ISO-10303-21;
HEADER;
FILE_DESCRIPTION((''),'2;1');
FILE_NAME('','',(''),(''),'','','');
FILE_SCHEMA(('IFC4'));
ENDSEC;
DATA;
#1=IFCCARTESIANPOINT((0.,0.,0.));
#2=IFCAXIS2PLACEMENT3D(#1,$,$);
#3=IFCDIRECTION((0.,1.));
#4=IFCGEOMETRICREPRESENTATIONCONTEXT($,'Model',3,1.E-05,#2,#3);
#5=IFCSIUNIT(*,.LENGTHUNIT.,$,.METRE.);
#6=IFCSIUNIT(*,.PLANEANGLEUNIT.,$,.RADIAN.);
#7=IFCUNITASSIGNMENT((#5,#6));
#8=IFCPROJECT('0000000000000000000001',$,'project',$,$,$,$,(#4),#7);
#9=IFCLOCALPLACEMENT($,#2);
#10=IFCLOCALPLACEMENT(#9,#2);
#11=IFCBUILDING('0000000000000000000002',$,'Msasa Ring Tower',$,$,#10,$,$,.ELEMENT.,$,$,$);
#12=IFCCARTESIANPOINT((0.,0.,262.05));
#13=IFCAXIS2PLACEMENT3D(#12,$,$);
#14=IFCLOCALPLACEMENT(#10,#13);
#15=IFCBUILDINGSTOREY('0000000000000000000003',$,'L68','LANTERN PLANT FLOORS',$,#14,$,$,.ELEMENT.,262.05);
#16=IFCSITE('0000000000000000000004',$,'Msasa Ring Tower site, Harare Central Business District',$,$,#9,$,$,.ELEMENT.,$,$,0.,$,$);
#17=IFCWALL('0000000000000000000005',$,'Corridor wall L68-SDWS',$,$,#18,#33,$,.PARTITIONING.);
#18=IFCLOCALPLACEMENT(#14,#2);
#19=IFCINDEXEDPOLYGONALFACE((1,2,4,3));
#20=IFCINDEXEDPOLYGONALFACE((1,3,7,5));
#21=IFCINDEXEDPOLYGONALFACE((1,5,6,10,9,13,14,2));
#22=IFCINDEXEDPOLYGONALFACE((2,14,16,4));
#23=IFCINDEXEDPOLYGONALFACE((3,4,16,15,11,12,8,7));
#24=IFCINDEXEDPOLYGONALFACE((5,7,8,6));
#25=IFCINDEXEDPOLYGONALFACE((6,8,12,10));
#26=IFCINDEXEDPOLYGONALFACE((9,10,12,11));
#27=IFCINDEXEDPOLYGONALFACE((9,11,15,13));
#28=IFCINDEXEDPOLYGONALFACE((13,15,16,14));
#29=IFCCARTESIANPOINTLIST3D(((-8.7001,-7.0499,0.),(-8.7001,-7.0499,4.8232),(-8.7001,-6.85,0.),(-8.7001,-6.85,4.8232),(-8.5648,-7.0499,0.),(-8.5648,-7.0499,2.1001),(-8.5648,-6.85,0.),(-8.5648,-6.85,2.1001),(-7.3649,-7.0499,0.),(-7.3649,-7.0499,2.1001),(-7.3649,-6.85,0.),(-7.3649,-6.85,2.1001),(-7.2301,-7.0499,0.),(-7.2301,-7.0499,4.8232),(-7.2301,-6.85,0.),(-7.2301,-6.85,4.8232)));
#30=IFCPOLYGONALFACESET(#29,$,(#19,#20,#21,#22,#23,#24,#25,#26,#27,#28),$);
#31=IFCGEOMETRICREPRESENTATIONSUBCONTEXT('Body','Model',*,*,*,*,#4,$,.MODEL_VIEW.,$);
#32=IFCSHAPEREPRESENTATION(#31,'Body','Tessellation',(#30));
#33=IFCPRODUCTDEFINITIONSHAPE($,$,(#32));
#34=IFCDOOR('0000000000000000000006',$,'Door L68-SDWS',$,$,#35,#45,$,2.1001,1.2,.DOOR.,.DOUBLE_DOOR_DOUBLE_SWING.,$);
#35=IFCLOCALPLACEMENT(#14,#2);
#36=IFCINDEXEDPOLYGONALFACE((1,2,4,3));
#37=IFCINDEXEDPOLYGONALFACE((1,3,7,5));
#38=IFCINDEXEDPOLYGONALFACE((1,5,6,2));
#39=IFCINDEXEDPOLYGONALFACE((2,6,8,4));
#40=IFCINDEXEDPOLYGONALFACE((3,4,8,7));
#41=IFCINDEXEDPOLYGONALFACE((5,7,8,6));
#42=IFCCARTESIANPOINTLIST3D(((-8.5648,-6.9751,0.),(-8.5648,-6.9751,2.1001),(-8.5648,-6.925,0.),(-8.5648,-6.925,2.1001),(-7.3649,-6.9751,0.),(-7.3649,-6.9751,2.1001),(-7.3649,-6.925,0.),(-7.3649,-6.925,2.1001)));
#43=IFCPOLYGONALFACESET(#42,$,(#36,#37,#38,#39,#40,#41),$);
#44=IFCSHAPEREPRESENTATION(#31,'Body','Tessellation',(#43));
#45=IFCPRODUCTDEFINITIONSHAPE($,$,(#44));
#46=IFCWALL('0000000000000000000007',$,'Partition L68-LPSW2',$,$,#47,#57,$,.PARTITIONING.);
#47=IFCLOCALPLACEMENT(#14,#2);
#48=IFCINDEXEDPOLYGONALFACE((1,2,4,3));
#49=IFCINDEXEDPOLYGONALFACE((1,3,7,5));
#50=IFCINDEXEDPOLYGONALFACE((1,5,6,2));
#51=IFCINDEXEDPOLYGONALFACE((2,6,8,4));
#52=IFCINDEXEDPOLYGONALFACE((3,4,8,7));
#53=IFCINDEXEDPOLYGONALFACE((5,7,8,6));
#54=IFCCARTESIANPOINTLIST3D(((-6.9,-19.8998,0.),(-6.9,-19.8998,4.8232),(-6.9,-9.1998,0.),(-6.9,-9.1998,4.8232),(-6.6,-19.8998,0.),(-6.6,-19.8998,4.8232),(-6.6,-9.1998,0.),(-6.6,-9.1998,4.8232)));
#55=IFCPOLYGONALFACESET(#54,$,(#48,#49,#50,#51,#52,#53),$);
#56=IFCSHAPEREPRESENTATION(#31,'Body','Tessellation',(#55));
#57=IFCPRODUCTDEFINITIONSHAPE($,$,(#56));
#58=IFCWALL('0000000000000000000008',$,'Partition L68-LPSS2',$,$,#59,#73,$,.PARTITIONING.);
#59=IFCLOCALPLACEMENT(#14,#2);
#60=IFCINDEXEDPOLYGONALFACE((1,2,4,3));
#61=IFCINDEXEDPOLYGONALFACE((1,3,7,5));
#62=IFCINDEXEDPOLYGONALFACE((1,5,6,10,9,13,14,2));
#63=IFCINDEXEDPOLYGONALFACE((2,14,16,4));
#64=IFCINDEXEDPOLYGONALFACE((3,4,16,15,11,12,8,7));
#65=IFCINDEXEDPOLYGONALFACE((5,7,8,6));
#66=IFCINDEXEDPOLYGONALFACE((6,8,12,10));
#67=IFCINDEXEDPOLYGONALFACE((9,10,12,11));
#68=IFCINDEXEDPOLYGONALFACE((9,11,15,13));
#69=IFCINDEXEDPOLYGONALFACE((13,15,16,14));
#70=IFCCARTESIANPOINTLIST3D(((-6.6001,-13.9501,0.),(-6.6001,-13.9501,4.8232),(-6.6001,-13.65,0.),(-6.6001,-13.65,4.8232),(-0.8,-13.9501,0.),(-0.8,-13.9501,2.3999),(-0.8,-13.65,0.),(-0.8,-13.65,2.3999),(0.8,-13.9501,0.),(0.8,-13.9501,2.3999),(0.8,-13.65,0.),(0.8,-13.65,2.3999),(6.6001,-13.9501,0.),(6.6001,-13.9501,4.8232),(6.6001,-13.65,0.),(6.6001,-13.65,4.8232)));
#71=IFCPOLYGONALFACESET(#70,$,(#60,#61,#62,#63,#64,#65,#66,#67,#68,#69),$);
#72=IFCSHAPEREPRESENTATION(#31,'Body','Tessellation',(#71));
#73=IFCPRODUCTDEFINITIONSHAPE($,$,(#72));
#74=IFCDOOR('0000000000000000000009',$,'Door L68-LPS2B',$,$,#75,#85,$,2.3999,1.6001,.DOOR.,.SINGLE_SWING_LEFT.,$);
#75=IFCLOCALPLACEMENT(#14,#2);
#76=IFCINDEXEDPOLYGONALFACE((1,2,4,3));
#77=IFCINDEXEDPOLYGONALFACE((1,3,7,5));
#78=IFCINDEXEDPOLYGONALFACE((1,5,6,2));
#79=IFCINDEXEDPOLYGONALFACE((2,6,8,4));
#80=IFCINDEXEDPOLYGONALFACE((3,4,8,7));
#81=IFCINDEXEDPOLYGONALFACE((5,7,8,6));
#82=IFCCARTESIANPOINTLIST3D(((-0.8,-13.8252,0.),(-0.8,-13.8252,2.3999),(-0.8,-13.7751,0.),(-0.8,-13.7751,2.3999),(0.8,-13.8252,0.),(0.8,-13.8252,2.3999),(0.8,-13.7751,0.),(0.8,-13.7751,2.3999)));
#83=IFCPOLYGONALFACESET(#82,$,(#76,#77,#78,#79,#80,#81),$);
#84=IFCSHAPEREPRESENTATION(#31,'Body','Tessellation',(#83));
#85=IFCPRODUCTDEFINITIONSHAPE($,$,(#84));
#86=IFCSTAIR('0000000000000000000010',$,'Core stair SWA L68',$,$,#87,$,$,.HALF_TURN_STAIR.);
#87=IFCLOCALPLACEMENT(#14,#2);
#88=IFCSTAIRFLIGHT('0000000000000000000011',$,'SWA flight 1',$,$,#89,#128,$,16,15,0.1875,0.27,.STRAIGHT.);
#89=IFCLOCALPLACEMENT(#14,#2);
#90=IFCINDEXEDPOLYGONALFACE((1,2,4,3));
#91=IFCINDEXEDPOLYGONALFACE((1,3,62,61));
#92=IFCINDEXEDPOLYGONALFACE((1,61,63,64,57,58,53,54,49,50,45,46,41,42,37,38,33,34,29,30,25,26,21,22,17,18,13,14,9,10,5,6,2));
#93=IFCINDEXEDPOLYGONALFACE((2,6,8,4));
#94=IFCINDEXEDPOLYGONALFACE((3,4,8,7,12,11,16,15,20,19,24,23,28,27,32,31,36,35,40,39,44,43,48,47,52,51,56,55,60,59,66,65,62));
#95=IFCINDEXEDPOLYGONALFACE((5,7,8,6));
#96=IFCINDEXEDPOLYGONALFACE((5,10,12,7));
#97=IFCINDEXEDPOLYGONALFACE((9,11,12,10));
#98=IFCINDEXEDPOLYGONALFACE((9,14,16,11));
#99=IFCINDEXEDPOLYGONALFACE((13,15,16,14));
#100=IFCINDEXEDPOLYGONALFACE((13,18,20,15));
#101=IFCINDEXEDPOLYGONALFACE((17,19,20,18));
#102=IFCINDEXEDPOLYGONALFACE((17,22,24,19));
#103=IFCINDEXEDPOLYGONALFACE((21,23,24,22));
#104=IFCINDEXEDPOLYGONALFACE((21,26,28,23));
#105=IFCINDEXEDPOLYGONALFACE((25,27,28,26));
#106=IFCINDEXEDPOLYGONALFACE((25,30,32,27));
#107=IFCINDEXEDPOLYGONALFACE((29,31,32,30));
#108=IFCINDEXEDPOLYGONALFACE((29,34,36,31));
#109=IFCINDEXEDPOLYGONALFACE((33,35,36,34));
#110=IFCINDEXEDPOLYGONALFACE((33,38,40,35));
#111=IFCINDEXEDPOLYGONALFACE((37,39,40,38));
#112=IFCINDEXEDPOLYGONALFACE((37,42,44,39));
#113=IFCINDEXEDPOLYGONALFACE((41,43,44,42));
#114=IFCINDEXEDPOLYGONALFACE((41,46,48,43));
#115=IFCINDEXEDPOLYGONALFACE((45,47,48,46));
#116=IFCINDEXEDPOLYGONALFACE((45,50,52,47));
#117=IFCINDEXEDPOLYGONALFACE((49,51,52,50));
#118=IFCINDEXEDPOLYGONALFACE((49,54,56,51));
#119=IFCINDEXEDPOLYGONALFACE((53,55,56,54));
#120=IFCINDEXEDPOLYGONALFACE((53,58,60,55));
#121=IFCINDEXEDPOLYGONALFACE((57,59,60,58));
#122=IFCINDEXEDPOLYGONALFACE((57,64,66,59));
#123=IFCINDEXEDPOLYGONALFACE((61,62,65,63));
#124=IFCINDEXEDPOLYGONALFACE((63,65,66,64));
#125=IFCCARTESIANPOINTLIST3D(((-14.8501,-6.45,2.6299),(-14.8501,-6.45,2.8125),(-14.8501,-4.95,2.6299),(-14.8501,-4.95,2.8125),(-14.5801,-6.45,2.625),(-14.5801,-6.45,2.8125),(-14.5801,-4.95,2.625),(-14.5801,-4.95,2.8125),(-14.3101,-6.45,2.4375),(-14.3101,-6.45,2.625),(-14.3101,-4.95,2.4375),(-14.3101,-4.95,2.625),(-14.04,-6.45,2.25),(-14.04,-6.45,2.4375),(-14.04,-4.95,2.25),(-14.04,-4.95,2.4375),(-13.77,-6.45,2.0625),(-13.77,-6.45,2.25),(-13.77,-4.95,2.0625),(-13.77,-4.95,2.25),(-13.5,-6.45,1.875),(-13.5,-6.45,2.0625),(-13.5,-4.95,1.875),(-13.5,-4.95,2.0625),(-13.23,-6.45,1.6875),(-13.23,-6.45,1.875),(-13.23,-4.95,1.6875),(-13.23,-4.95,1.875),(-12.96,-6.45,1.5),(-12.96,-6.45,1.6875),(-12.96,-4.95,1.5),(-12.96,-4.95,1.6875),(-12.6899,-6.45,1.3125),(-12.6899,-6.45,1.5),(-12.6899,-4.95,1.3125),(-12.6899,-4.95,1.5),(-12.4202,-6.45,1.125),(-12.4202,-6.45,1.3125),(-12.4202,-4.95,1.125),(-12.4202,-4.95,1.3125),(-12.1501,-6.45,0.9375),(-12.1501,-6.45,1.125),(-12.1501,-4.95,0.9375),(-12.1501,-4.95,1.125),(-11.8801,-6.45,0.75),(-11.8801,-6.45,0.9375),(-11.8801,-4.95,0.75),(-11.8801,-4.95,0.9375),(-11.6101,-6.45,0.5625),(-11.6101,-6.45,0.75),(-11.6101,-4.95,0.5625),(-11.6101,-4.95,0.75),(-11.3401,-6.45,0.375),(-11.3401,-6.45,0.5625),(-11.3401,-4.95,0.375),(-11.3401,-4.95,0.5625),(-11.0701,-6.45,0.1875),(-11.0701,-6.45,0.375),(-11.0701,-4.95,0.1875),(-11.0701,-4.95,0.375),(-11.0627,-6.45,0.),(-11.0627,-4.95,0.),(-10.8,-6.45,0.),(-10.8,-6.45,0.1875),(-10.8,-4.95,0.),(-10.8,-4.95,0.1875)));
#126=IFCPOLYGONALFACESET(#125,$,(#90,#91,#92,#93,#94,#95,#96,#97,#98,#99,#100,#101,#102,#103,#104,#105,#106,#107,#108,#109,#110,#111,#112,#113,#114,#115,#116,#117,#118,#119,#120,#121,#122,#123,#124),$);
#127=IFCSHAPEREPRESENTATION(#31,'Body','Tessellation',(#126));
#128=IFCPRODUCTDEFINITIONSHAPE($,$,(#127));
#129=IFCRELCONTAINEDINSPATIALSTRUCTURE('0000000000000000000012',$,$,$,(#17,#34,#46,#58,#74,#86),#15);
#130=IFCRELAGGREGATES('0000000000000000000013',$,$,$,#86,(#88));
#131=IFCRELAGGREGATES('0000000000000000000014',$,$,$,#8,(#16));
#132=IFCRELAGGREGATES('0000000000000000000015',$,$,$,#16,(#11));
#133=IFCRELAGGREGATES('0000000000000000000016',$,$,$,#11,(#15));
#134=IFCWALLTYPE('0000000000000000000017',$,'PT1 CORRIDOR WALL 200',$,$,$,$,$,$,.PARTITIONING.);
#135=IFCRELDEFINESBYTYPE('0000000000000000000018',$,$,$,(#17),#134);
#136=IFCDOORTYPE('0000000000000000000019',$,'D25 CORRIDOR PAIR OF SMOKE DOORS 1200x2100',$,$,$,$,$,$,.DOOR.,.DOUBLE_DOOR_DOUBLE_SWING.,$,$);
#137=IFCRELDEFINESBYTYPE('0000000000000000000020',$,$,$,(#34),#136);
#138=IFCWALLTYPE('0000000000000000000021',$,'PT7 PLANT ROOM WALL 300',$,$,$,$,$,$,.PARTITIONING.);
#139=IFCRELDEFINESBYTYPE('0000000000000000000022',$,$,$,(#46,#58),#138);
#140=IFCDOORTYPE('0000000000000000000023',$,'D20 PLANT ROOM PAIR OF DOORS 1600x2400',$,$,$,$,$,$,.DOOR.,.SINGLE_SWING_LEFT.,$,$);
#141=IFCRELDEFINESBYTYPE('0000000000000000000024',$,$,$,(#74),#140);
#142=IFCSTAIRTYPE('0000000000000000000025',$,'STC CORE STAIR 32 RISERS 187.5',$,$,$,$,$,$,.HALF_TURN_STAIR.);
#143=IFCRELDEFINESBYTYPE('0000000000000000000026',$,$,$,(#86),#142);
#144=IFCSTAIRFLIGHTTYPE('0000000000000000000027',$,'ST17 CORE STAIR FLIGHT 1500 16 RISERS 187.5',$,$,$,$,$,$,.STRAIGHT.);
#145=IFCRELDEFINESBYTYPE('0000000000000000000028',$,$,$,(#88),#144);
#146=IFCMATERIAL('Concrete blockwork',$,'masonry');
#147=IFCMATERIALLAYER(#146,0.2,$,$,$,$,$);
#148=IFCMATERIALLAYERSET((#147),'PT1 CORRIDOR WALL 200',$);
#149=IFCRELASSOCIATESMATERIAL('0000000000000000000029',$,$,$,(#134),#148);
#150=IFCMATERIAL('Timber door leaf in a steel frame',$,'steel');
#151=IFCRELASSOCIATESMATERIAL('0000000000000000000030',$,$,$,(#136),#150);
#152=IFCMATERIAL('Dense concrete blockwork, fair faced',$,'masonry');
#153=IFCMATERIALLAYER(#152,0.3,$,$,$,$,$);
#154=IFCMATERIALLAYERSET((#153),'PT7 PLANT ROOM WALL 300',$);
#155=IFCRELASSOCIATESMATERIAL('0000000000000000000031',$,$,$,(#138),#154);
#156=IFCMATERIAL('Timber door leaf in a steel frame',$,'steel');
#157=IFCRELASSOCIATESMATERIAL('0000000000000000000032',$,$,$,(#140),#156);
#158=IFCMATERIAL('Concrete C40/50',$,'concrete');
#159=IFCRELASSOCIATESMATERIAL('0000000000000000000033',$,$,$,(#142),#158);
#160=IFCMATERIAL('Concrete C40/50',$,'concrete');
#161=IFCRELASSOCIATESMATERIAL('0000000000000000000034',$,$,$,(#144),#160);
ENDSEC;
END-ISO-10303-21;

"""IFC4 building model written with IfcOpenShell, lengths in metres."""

from ifc_helpers import new_model, si_unit, direction, frame, frame_2d, origin, place, context, subcontext, project, spatial, polyline, rectangle, outline, extrude, material, layer, layer_set, type_object, element, fill, aggregate, save


model = new_model("IFC4")

# Units and contexts
model_context = context("Model", 3, precision=1e-05, world=origin(), true_north=direction((0.0, 1.0)))
body_context = subcontext(model_context, "Body", "Model", "MODEL_VIEW")
ifc_project = project(units=[si_unit("LENGTHUNIT", "METRE"), si_unit("PLANEANGLEUNIT", "RADIAN")], contexts=[model_context])

# Site, building, storey
site_placement = place(None, origin())
site = spatial("IfcSite", under=ifc_project, at=site_placement, Name="Msasa Ring Tower site, Harare Central Business District", CompositionType="ELEMENT", RefElevation=0.0)
building_placement = place(site_placement, origin())
building = spatial("IfcBuilding", under=site, at=building_placement, Name="Msasa Ring Tower", CompositionType="ELEMENT")
storey_placement = place(building_placement, frame((0.0, 0.0, 262.05)))
storey = spatial("IfcBuildingStorey", under=building, at=storey_placement, Name="L68", Description="LANTERN PLANT FLOORS", CompositionType="ELEMENT", Elevation=262.05)

# Wall, opening, door
ifc_material_1 = material(Name="Concrete blockwork", Category="masonry")
ifc_layer_1 = layer(ifc_material_1, 0.2)
ifc_layer_set_1 = layer_set([ifc_layer_1], Name="PT1 CORRIDOR WALL 200")
wall_type_1 = type_object("IfcWallType", Name="PT1 CORRIDOR WALL 200", PredefinedType="PARTITIONING", material=ifc_layer_set_1)
wall_1_placement = place(storey_placement, frame((-8.7, -6.95, 0.0), z_axis=(0.0, 0.0, 1.0), x_axis=(1.0, 0.0, 0.0)))
wall_1 = element("IfcWall", 1, at=wall_1_placement, inside=storey, type_object=wall_type_1, Name="Corridor wall L68-SDWS", PredefinedType="PARTITIONING", context=body_context, shape_type="SweptSolid", body=[
    extrude(rectangle(XDim=1.47, YDim=0.2, at=frame_2d((0.7349, 0.0))), origin(), (0.0, 0.0, 1.0), 4.8232),
])
opening_1_placement = place(wall_1_placement, frame((0.135, 0.0, 0.0)))
opening_1 = element("IfcOpeningElement", 2, at=opening_1_placement, cuts=wall_1, PredefinedType="OPENING", context=body_context, shape_type="SweptSolid", body=[
    extrude(rectangle(XDim=1.2, YDim=2.1001, at=frame_2d((0.6001, 1.05))), frame((0.0, 0.1099, 0.0), z_axis=(0.0, -1.0, 0.0), x_axis=(1.0, 0.0, 0.0)), (0.0, 0.0, 1.0), 0.22),
])
ifc_material_2 = material(Name="Timber door leaf in a steel frame", Category="steel")
door_type_1 = type_object("IfcDoorType", Name="D25 CORRIDOR PAIR OF SMOKE DOORS 1200x2100", OperationType="DOUBLE_DOOR_DOUBLE_SWING", PredefinedType="DOOR", material=ifc_material_2)
door_1_placement = place(opening_1_placement, origin())
door_1 = element("IfcDoor", 3, at=door_1_placement, inside=storey, type_object=door_type_1, Name="Door L68-SDWS", OperationType="DOUBLE_DOOR_DOUBLE_SWING", OverallHeight=2.1001, OverallWidth=1.2, PredefinedType="DOOR", context=body_context, shape_type="SweptSolid", body=[
    extrude(rectangle(XDim=1.2, YDim=2.1001, at=frame_2d((0.6001, 1.05))), frame((0.0, 0.0249, 0.0), z_axis=(0.0, -1.0, 0.0), x_axis=(1.0, 0.0, 0.0)), (0.0, 0.0, 1.0), 0.05),
])
fill(opening_1, door_1)

# Wall
ifc_material_3 = material(Name="Dense concrete blockwork, fair faced", Category="masonry")
ifc_layer_2 = layer(ifc_material_3, 0.3)
ifc_layer_set_2 = layer_set([ifc_layer_2], Name="PT7 PLANT ROOM WALL 300")
wall_type_2 = type_object("IfcWallType", Name="PT7 PLANT ROOM WALL 300", PredefinedType="PARTITIONING", material=ifc_layer_set_2)
wall_2_placement = place(storey_placement, frame((-6.75, -19.8999, 0.0), z_axis=(0.0, 0.0, 1.0), x_axis=(0.0, 1.0, 0.0)))
element("IfcWall", 4, at=wall_2_placement, inside=storey, type_object=wall_type_2, Name="Partition L68-LPSW2", PredefinedType="PARTITIONING", context=body_context, shape_type="SweptSolid", body=[
    extrude(rectangle(XDim=10.7, YDim=0.3, at=frame_2d((5.3501, 0.0))), origin(), (0.0, 0.0, 1.0), 4.8232),
])

# Wall, opening, door
wall_3_placement = place(storey_placement, frame((-6.6001, -13.8, 0.0), z_axis=(0.0, 0.0, 1.0), x_axis=(1.0, 0.0, 0.0)))
wall_3 = element("IfcWall", 5, at=wall_3_placement, inside=storey, type_object=wall_type_2, Name="Partition L68-LPSS2", PredefinedType="PARTITIONING", context=body_context, shape_type="SweptSolid", body=[
    extrude(rectangle(XDim=13.2002, YDim=0.3, at=frame_2d((6.6001, 0.0))), origin(), (0.0, 0.0, 1.0), 4.8232),
])
opening_2_placement = place(wall_3_placement, frame((5.8, 0.0, 0.0)))
opening_2 = element("IfcOpeningElement", 6, at=opening_2_placement, cuts=wall_3, PredefinedType="OPENING", context=body_context, shape_type="SweptSolid", body=[
    extrude(rectangle(XDim=1.6001, YDim=2.3999, at=frame_2d((0.8, 1.2))), frame((0.0, 0.1599, 0.0), z_axis=(0.0, -1.0, 0.0), x_axis=(1.0, 0.0, 0.0)), (0.0, 0.0, 1.0), 0.3201),
])
ifc_material_4 = material(Name="Timber door leaf in a steel frame", Category="steel")
door_type_2 = type_object("IfcDoorType", Name="D20 PLANT ROOM PAIR OF DOORS 1600x2400", OperationType="SINGLE_SWING_LEFT", PredefinedType="DOOR", material=ifc_material_4)
door_2_placement = place(opening_2_placement, origin())
door_2 = element("IfcDoor", 7, at=door_2_placement, inside=storey, type_object=door_type_2, Name="Door L68-LPS2B", OperationType="SINGLE_SWING_LEFT", OverallHeight=2.3999, OverallWidth=1.6001, PredefinedType="DOOR", context=body_context, shape_type="SweptSolid", body=[
    extrude(rectangle(XDim=1.6001, YDim=2.3999, at=frame_2d((0.8, 1.2))), frame((0.0, 0.0249, 0.0), z_axis=(0.0, -1.0, 0.0), x_axis=(1.0, 0.0, 0.0)), (0.0, 0.0, 1.0), 0.05),
])
fill(opening_2, door_2)

# Stair, stair flight
ifc_material_5 = material(Name="Concrete C40/50", Category="concrete")
stair_type = type_object("IfcStairType", Name="STC CORE STAIR 32 RISERS 187.5", PredefinedType="HALF_TURN_STAIR", material=ifc_material_5)
stair_placement = place(storey_placement, origin())
stair = element("IfcStair", 8, at=stair_placement, inside=storey, type_object=stair_type, Name="Core stair SWA L68", PredefinedType="HALF_TURN_STAIR")
ifc_material_6 = material(Name="Concrete C40/50", Category="concrete")
stair_flight_type = type_object("IfcStairFlightType", Name="ST17 CORE STAIR FLIGHT 1500 16 RISERS 187.5", PredefinedType="STRAIGHT", material=ifc_material_6)
stair_flight_placement = place(storey_placement, frame((-10.8, -5.7, 0.0), z_axis=(0.0, 0.0, 1.0), x_axis=(-1.0, 0.0, 0.0)))
stair_flight = element("IfcStairFlight", 9, at=stair_flight_placement, type_object=stair_flight_type, Name="SWA flight 1", NumberOfRisers=16, NumberOfTreads=15, PredefinedType="STRAIGHT", RiserHeight=0.1875, TreadLength=0.27, context=body_context, shape_type="SweptSolid", body=[
    extrude(outline(polyline([(0.0, 0.0), (0.0, 0.1875), (0.27, 0.1875), (0.27, 0.375), (0.54, 0.375), (0.54, 0.5625), (0.8101, 0.5625), (0.8101, 0.75), (1.0801, 0.75), (1.0801, 0.9375), (1.3501, 0.9375), (1.3501, 1.125), (1.6201, 1.125), (1.6201, 1.3125), (1.8899, 1.3125), (1.8899, 1.5), (2.1599, 1.5), (2.1599, 1.6875), (2.4299, 1.6875), (2.4299, 1.875), (2.7, 1.875), (2.7, 2.0625), (2.97, 2.0625), (2.97, 2.25), (3.24, 2.25), (3.24, 2.4375), (3.51, 2.4375), (3.51, 2.625), (3.78, 2.625), (3.78, 2.8125), (4.05, 2.8125), (4.05, 3.0), (4.05, 2.6299), (0.2627, 0.0), (0.0, 0.0)])), frame((0.0, 0.75, 0.0), z_axis=(0.0, -1.0, 0.0), x_axis=(1.0, 0.0, 0.0)), (0.0, 0.0, 1.0), 1.5),
])
aggregate(stair, [stair_flight])

save(model, "model.ifc")
